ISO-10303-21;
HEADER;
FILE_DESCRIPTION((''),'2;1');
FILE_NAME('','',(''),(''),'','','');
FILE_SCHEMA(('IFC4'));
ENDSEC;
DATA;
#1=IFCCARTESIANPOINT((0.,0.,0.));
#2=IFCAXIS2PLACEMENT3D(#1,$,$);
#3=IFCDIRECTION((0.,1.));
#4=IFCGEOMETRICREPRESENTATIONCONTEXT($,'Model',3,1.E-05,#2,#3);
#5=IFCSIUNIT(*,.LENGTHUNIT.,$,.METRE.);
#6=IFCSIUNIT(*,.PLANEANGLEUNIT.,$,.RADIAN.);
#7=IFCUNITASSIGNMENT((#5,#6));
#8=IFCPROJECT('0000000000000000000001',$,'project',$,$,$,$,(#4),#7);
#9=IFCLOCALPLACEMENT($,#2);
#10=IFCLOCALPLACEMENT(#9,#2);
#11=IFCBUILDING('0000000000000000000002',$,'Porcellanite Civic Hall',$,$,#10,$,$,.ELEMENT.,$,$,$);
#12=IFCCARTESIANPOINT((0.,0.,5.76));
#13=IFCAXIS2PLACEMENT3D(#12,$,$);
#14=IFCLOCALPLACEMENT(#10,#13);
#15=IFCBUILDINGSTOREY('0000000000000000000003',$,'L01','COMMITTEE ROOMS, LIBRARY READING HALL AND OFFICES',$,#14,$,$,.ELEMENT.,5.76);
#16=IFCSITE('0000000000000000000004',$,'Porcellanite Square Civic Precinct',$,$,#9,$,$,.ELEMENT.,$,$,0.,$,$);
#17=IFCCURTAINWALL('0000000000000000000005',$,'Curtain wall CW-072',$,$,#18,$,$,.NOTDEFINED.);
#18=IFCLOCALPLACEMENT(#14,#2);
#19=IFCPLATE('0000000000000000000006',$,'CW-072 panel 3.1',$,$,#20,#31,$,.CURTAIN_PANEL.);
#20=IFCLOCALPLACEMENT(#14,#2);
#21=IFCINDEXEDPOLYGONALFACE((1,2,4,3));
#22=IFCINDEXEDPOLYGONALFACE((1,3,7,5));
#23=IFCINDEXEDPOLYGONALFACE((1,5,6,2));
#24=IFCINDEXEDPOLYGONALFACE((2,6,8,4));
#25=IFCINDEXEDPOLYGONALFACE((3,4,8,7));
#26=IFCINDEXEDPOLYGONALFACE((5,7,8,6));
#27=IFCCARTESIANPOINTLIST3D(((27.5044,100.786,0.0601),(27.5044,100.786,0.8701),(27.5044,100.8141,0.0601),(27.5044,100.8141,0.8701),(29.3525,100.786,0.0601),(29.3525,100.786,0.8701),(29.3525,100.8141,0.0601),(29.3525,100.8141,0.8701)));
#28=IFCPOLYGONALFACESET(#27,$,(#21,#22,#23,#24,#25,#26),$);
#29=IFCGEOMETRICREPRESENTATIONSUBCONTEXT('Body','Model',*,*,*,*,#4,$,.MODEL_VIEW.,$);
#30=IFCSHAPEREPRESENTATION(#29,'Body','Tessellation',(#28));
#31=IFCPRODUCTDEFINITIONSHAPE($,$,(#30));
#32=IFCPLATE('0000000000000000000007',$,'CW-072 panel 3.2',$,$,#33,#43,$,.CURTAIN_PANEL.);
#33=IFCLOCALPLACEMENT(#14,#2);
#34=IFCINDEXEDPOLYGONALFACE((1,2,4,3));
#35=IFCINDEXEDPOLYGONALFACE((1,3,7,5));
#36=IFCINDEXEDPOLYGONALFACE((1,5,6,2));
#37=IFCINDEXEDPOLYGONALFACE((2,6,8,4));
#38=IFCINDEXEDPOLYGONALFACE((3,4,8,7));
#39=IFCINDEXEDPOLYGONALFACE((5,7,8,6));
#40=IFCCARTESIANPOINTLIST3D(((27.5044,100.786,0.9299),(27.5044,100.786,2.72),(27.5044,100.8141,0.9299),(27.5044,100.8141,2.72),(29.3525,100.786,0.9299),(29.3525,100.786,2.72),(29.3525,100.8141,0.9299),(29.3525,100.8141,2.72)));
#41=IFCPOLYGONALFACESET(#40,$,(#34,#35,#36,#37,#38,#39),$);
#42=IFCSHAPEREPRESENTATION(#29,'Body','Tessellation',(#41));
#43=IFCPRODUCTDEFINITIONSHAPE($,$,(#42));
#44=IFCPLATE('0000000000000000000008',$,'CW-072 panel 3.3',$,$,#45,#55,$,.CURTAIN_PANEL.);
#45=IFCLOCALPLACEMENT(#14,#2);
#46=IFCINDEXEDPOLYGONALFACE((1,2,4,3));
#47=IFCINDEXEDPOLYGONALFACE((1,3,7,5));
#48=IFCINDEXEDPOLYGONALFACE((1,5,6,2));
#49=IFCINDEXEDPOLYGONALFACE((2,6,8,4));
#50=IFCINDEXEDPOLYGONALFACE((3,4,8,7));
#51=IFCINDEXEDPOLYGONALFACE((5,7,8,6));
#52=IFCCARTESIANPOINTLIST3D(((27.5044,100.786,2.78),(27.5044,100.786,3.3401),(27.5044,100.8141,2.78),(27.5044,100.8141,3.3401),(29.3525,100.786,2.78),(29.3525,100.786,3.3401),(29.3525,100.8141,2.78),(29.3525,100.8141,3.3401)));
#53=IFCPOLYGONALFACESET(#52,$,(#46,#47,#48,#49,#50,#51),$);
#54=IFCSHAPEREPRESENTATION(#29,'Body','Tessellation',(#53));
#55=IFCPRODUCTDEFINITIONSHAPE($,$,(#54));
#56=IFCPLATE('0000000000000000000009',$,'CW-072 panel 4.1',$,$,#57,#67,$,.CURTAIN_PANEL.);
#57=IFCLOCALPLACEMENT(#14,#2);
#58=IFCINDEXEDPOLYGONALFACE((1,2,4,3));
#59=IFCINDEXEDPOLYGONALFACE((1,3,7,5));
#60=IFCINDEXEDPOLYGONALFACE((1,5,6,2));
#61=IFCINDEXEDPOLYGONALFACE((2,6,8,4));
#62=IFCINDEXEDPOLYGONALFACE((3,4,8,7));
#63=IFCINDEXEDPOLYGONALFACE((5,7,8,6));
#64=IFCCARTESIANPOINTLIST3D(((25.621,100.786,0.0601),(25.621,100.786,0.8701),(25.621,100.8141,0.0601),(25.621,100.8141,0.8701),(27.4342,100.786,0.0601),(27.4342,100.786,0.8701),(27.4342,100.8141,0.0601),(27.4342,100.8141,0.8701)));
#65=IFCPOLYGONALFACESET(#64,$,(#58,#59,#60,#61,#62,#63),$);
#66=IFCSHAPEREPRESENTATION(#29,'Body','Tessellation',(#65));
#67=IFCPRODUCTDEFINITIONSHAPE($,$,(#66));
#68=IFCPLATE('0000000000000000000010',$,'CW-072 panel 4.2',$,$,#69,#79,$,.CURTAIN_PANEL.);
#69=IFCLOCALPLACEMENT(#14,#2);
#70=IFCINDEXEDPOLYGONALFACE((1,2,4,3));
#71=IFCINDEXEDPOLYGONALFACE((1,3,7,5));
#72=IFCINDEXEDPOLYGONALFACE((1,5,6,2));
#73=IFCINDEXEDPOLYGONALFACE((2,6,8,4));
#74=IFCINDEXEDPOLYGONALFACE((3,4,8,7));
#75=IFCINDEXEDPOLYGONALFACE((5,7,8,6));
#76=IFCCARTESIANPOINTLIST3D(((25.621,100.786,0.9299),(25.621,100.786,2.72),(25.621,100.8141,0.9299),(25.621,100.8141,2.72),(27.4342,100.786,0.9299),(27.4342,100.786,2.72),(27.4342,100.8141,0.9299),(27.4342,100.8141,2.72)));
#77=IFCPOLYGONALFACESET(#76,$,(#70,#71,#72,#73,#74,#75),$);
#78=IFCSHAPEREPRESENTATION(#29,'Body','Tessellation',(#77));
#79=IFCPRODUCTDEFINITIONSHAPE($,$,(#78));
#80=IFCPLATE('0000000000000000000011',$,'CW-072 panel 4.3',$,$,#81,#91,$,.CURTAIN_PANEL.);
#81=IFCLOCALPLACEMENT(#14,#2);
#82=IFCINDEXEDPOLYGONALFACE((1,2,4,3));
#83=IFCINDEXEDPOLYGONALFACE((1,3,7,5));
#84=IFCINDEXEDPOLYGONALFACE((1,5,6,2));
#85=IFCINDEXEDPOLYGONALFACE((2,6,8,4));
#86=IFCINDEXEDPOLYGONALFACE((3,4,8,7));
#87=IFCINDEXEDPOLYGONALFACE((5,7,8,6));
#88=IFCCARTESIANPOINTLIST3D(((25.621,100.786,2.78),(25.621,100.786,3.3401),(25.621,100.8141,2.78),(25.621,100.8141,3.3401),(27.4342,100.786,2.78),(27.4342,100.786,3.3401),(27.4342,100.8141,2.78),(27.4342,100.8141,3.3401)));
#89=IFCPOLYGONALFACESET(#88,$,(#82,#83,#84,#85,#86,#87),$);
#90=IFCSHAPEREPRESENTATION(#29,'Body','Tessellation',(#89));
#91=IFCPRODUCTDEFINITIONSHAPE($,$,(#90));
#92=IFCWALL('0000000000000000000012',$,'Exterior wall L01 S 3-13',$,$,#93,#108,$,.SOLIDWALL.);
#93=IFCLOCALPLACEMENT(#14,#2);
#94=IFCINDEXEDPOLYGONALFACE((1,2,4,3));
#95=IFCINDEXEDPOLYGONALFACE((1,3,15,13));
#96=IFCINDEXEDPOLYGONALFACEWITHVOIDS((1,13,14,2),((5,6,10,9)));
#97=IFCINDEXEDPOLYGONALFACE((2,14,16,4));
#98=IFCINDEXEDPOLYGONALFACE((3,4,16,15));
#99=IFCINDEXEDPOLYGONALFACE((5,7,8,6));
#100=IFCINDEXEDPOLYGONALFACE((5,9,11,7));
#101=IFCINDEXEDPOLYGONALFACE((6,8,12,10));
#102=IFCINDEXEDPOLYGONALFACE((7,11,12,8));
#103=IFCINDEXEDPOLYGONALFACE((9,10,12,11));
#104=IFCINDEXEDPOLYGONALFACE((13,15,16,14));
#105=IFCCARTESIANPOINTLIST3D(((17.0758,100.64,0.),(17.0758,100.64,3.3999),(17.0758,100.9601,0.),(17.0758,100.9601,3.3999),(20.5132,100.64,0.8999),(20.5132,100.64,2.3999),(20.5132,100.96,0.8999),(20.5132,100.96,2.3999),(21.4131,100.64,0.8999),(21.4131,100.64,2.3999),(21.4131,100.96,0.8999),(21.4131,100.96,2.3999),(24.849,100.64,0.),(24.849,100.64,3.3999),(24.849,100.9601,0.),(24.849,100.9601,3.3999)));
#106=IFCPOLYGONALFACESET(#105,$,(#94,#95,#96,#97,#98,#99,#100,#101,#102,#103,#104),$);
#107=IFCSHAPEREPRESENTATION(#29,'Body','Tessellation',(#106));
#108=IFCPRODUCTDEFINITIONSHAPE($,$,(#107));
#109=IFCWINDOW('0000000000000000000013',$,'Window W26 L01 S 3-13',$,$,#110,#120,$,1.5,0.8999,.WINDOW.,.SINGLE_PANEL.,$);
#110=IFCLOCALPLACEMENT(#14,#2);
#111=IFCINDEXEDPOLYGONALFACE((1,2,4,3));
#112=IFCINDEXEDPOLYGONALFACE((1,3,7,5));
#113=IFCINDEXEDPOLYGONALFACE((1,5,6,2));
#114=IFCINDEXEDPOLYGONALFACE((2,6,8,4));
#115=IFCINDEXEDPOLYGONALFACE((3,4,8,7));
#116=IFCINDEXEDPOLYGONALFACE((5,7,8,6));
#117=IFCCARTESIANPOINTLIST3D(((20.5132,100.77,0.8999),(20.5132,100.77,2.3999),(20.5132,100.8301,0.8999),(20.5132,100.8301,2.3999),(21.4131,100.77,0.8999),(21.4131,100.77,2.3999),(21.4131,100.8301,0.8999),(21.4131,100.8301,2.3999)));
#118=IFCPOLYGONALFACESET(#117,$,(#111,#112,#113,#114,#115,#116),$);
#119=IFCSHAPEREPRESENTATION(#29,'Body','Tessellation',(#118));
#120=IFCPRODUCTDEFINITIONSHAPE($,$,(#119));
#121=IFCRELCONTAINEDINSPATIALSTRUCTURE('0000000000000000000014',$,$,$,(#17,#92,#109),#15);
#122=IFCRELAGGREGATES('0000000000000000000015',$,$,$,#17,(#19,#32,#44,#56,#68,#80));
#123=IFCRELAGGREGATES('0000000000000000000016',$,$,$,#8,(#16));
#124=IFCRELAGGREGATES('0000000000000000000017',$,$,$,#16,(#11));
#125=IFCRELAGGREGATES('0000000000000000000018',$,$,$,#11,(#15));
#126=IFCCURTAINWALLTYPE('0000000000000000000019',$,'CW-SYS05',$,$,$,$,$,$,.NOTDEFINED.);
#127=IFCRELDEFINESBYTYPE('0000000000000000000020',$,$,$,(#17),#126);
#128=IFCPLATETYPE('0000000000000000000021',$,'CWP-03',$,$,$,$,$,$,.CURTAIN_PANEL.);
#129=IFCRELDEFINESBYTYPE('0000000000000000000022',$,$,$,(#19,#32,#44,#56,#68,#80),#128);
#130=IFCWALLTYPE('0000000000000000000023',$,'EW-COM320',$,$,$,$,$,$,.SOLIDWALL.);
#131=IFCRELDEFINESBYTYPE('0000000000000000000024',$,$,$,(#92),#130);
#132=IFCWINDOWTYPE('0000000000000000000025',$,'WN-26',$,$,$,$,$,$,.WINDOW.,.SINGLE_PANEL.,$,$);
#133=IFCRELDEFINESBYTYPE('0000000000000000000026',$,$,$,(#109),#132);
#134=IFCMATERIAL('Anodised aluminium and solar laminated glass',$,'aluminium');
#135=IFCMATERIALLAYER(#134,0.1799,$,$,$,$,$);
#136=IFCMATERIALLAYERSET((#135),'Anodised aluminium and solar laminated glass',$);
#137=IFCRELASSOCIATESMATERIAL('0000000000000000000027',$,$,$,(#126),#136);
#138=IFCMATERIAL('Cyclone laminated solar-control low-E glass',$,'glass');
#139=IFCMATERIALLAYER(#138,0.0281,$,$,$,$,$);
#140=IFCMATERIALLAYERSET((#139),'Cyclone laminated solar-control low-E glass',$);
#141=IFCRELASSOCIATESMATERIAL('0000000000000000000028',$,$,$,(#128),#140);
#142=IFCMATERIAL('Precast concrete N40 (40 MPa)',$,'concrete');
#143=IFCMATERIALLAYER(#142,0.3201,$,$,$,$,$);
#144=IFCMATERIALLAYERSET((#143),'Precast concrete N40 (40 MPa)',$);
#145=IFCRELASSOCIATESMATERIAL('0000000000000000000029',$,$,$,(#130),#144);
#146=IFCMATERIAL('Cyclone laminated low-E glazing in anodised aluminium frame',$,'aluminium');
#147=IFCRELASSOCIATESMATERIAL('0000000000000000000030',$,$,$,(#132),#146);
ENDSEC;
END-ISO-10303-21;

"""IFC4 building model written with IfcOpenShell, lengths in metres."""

from ifc_helpers import new_model, si_unit, direction, frame, frame_2d, origin, origin_2d, place, context, subcontext, project, spatial, rectangle, extrude, material, layer, layer_set, type_object, element, fill, aggregate, save


model = new_model("IFC4")

# Units and contexts
model_context = context("Model", 3, precision=1e-05, world=origin(), true_north=direction((0.0, 1.0)))
body_context = subcontext(model_context, "Body", "Model", "MODEL_VIEW")
ifc_project = project(units=[si_unit("LENGTHUNIT", "METRE"), si_unit("PLANEANGLEUNIT", "RADIAN")], contexts=[model_context])

# Site, building, storey
site_placement = place(None, origin())
site = spatial("IfcSite", under=ifc_project, at=site_placement, Name="Porcellanite Square Civic Precinct", CompositionType="ELEMENT", RefElevation=0.0)
building_placement = place(site_placement, origin())
building = spatial("IfcBuilding", under=site, at=building_placement, Name="Porcellanite Civic Hall", CompositionType="ELEMENT")
storey_placement = place(building_placement, frame((0.0, 0.0, 5.76)))
storey = spatial("IfcBuildingStorey", under=building, at=storey_placement, Name="L01", Description="COMMITTEE ROOMS, LIBRARY READING HALL AND OFFICES", CompositionType="ELEMENT", Elevation=5.76)

# Curtain wall
ifc_material_1 = material(Name="Anodised aluminium and solar laminated glass", Category="aluminium")
ifc_layer_1 = layer(ifc_material_1, 0.1799)
ifc_layer_set_1 = layer_set([ifc_layer_1], Name="Anodised aluminium and solar laminated glass")
curtain_wall_type = type_object("IfcCurtainWallType", Name="CW-SYS05", PredefinedType="NOTDEFINED", material=ifc_layer_set_1)
curtain_wall_1_placement = place(storey_placement, origin())
curtain_wall_1 = element("IfcCurtainWall", 1, at=curtain_wall_1_placement, inside=storey, type_object=curtain_wall_type, Name="Curtain wall CW-072", PredefinedType="NOTDEFINED")

# Plates
ifc_material_2 = material(Name="Cyclone laminated solar-control low-E glass", Category="glass")
ifc_layer_2 = layer(ifc_material_2, 0.0281)
ifc_layer_set_2 = layer_set([ifc_layer_2], Name="Cyclone laminated solar-control low-E glass")
plate_type = type_object("IfcPlateType", Name="CWP-03", PredefinedType="CURTAIN_PANEL", material=ifc_layer_set_2)
plate_1_placement = place(storey_placement, frame((28.4285, 100.8, 0.0601), z_axis=(0.0, 0.0, 1.0), x_axis=(-1.0, 0.0, 0.0)))
plate_1 = element("IfcPlate", 2, at=plate_1_placement, type_object=plate_type, Name="CW-072 panel 3.1", PredefinedType="CURTAIN_PANEL", context=body_context, shape_type="SweptSolid", body=[
    extrude(rectangle(XDim=1.8481, YDim=0.0281, at=origin_2d()), origin(), (0.0, 0.0, 1.0), 0.8101),
])
plate_2_placement = place(storey_placement, frame((28.4285, 100.8, 0.9299), z_axis=(0.0, 0.0, 1.0), x_axis=(-1.0, 0.0, 0.0)))
plate_2 = element("IfcPlate", 3, at=plate_2_placement, type_object=plate_type, Name="CW-072 panel 3.2", PredefinedType="CURTAIN_PANEL", context=body_context, shape_type="SweptSolid", body=[
    extrude(rectangle(XDim=1.8481, YDim=0.0281, at=origin_2d()), origin(), (0.0, 0.0, 1.0), 1.79),
])
plate_3_placement = place(storey_placement, frame((28.4285, 100.8, 2.78), z_axis=(0.0, 0.0, 1.0), x_axis=(-1.0, 0.0, 0.0)))
plate_3 = element("IfcPlate", 4, at=plate_3_placement, type_object=plate_type, Name="CW-072 panel 3.3", PredefinedType="CURTAIN_PANEL", context=body_context, shape_type="SweptSolid", body=[
    extrude(rectangle(XDim=1.8481, YDim=0.0281, at=origin_2d()), origin(), (0.0, 0.0, 1.0), 0.5601),
])
plate_4_placement = place(storey_placement, frame((26.5276, 100.8, 0.0601), z_axis=(0.0, 0.0, 1.0), x_axis=(-1.0, 0.0, 0.0)))
plate_4 = element("IfcPlate", 5, at=plate_4_placement, type_object=plate_type, Name="CW-072 panel 4.1", PredefinedType="CURTAIN_PANEL", context=body_context, shape_type="SweptSolid", body=[
    extrude(rectangle(XDim=1.8132, YDim=0.0281, at=origin_2d()), origin(), (0.0, 0.0, 1.0), 0.8101),
])
plate_5_placement = place(storey_placement, frame((26.5276, 100.8, 0.9299), z_axis=(0.0, 0.0, 1.0), x_axis=(-1.0, 0.0, 0.0)))
plate_5 = element("IfcPlate", 6, at=plate_5_placement, type_object=plate_type, Name="CW-072 panel 4.2", PredefinedType="CURTAIN_PANEL", context=body_context, shape_type="SweptSolid", body=[
    extrude(rectangle(XDim=1.8132, YDim=0.0281, at=origin_2d()), origin(), (0.0, 0.0, 1.0), 1.79),
])
plate_6_placement = place(storey_placement, frame((26.5276, 100.8, 2.78), z_axis=(0.0, 0.0, 1.0), x_axis=(-1.0, 0.0, 0.0)))
plate_6 = element("IfcPlate", 7, at=plate_6_placement, type_object=plate_type, Name="CW-072 panel 4.3", PredefinedType="CURTAIN_PANEL", context=body_context, shape_type="SweptSolid", body=[
    extrude(rectangle(XDim=1.8132, YDim=0.0281, at=origin_2d()), origin(), (0.0, 0.0, 1.0), 0.5601),
])
aggregate(curtain_wall_1, [plate_1, plate_2, plate_3, plate_4, plate_5, plate_6])

# Wall, opening, window
ifc_material_3 = material(Name="Precast concrete N40 (40 MPa)", Category="concrete")
ifc_layer_3 = layer(ifc_material_3, 0.3201)
ifc_layer_set_3 = layer_set([ifc_layer_3], Name="Precast concrete N40 (40 MPa)")
wall_type = type_object("IfcWallType", Name="EW-COM320", PredefinedType="SOLIDWALL", material=ifc_layer_set_3)
wall_placement = place(storey_placement, frame((24.8491, 100.8, 0.0), z_axis=(0.0, 0.0, 1.0), x_axis=(-1.0, 0.0, 0.0)))
wall = element("IfcWall", 8, at=wall_placement, inside=storey, type_object=wall_type, Name="Exterior wall L01 S 3-13", PredefinedType="SOLIDWALL", context=body_context, shape_type="SweptSolid", body=[
    extrude(rectangle(XDim=7.7732, YDim=0.3201, at=frame_2d((3.8867, 0.0))), origin(), (0.0, 0.0, 1.0), 3.3999),
])
opening_placement = place(wall_placement, frame((3.436, 0.0, 0.8999)))
opening = element("IfcOpeningElement", 9, at=opening_placement, cuts=wall, PredefinedType="OPENING", context=body_context, shape_type="SweptSolid", body=[
    extrude(rectangle(XDim=0.8999, YDim=1.5, at=frame_2d((0.45, 0.75))), frame((0.0, 0.1602, 0.0), z_axis=(0.0, -1.0, 0.0), x_axis=(1.0, 0.0, 0.0)), (0.0, 0.0, 1.0), 0.3201),
])
ifc_material_4 = material(Name="Cyclone laminated low-E glazing in anodised aluminium frame", Category="aluminium")
window_type = type_object("IfcWindowType", Name="WN-26", PartitioningType="SINGLE_PANEL", PredefinedType="WINDOW", material=ifc_material_4)
window_placement = place(opening_placement, origin())
window = element("IfcWindow", 10, at=window_placement, inside=storey, type_object=window_type, Name="Window W26 L01 S 3-13", OverallHeight=1.5, OverallWidth=0.8999, PartitioningType="SINGLE_PANEL", PredefinedType="WINDOW", context=body_context, shape_type="SweptSolid", body=[
    extrude(rectangle(XDim=0.8999, YDim=1.5, at=frame_2d((0.45, 0.75))), frame((0.0, 0.03, 0.0), z_axis=(0.0, -1.0, 0.0), x_axis=(1.0, 0.0, 0.0)), (0.0, 0.0, 1.0), 0.0601),
])
fill(opening, window)

save(model, "model.ifc")
